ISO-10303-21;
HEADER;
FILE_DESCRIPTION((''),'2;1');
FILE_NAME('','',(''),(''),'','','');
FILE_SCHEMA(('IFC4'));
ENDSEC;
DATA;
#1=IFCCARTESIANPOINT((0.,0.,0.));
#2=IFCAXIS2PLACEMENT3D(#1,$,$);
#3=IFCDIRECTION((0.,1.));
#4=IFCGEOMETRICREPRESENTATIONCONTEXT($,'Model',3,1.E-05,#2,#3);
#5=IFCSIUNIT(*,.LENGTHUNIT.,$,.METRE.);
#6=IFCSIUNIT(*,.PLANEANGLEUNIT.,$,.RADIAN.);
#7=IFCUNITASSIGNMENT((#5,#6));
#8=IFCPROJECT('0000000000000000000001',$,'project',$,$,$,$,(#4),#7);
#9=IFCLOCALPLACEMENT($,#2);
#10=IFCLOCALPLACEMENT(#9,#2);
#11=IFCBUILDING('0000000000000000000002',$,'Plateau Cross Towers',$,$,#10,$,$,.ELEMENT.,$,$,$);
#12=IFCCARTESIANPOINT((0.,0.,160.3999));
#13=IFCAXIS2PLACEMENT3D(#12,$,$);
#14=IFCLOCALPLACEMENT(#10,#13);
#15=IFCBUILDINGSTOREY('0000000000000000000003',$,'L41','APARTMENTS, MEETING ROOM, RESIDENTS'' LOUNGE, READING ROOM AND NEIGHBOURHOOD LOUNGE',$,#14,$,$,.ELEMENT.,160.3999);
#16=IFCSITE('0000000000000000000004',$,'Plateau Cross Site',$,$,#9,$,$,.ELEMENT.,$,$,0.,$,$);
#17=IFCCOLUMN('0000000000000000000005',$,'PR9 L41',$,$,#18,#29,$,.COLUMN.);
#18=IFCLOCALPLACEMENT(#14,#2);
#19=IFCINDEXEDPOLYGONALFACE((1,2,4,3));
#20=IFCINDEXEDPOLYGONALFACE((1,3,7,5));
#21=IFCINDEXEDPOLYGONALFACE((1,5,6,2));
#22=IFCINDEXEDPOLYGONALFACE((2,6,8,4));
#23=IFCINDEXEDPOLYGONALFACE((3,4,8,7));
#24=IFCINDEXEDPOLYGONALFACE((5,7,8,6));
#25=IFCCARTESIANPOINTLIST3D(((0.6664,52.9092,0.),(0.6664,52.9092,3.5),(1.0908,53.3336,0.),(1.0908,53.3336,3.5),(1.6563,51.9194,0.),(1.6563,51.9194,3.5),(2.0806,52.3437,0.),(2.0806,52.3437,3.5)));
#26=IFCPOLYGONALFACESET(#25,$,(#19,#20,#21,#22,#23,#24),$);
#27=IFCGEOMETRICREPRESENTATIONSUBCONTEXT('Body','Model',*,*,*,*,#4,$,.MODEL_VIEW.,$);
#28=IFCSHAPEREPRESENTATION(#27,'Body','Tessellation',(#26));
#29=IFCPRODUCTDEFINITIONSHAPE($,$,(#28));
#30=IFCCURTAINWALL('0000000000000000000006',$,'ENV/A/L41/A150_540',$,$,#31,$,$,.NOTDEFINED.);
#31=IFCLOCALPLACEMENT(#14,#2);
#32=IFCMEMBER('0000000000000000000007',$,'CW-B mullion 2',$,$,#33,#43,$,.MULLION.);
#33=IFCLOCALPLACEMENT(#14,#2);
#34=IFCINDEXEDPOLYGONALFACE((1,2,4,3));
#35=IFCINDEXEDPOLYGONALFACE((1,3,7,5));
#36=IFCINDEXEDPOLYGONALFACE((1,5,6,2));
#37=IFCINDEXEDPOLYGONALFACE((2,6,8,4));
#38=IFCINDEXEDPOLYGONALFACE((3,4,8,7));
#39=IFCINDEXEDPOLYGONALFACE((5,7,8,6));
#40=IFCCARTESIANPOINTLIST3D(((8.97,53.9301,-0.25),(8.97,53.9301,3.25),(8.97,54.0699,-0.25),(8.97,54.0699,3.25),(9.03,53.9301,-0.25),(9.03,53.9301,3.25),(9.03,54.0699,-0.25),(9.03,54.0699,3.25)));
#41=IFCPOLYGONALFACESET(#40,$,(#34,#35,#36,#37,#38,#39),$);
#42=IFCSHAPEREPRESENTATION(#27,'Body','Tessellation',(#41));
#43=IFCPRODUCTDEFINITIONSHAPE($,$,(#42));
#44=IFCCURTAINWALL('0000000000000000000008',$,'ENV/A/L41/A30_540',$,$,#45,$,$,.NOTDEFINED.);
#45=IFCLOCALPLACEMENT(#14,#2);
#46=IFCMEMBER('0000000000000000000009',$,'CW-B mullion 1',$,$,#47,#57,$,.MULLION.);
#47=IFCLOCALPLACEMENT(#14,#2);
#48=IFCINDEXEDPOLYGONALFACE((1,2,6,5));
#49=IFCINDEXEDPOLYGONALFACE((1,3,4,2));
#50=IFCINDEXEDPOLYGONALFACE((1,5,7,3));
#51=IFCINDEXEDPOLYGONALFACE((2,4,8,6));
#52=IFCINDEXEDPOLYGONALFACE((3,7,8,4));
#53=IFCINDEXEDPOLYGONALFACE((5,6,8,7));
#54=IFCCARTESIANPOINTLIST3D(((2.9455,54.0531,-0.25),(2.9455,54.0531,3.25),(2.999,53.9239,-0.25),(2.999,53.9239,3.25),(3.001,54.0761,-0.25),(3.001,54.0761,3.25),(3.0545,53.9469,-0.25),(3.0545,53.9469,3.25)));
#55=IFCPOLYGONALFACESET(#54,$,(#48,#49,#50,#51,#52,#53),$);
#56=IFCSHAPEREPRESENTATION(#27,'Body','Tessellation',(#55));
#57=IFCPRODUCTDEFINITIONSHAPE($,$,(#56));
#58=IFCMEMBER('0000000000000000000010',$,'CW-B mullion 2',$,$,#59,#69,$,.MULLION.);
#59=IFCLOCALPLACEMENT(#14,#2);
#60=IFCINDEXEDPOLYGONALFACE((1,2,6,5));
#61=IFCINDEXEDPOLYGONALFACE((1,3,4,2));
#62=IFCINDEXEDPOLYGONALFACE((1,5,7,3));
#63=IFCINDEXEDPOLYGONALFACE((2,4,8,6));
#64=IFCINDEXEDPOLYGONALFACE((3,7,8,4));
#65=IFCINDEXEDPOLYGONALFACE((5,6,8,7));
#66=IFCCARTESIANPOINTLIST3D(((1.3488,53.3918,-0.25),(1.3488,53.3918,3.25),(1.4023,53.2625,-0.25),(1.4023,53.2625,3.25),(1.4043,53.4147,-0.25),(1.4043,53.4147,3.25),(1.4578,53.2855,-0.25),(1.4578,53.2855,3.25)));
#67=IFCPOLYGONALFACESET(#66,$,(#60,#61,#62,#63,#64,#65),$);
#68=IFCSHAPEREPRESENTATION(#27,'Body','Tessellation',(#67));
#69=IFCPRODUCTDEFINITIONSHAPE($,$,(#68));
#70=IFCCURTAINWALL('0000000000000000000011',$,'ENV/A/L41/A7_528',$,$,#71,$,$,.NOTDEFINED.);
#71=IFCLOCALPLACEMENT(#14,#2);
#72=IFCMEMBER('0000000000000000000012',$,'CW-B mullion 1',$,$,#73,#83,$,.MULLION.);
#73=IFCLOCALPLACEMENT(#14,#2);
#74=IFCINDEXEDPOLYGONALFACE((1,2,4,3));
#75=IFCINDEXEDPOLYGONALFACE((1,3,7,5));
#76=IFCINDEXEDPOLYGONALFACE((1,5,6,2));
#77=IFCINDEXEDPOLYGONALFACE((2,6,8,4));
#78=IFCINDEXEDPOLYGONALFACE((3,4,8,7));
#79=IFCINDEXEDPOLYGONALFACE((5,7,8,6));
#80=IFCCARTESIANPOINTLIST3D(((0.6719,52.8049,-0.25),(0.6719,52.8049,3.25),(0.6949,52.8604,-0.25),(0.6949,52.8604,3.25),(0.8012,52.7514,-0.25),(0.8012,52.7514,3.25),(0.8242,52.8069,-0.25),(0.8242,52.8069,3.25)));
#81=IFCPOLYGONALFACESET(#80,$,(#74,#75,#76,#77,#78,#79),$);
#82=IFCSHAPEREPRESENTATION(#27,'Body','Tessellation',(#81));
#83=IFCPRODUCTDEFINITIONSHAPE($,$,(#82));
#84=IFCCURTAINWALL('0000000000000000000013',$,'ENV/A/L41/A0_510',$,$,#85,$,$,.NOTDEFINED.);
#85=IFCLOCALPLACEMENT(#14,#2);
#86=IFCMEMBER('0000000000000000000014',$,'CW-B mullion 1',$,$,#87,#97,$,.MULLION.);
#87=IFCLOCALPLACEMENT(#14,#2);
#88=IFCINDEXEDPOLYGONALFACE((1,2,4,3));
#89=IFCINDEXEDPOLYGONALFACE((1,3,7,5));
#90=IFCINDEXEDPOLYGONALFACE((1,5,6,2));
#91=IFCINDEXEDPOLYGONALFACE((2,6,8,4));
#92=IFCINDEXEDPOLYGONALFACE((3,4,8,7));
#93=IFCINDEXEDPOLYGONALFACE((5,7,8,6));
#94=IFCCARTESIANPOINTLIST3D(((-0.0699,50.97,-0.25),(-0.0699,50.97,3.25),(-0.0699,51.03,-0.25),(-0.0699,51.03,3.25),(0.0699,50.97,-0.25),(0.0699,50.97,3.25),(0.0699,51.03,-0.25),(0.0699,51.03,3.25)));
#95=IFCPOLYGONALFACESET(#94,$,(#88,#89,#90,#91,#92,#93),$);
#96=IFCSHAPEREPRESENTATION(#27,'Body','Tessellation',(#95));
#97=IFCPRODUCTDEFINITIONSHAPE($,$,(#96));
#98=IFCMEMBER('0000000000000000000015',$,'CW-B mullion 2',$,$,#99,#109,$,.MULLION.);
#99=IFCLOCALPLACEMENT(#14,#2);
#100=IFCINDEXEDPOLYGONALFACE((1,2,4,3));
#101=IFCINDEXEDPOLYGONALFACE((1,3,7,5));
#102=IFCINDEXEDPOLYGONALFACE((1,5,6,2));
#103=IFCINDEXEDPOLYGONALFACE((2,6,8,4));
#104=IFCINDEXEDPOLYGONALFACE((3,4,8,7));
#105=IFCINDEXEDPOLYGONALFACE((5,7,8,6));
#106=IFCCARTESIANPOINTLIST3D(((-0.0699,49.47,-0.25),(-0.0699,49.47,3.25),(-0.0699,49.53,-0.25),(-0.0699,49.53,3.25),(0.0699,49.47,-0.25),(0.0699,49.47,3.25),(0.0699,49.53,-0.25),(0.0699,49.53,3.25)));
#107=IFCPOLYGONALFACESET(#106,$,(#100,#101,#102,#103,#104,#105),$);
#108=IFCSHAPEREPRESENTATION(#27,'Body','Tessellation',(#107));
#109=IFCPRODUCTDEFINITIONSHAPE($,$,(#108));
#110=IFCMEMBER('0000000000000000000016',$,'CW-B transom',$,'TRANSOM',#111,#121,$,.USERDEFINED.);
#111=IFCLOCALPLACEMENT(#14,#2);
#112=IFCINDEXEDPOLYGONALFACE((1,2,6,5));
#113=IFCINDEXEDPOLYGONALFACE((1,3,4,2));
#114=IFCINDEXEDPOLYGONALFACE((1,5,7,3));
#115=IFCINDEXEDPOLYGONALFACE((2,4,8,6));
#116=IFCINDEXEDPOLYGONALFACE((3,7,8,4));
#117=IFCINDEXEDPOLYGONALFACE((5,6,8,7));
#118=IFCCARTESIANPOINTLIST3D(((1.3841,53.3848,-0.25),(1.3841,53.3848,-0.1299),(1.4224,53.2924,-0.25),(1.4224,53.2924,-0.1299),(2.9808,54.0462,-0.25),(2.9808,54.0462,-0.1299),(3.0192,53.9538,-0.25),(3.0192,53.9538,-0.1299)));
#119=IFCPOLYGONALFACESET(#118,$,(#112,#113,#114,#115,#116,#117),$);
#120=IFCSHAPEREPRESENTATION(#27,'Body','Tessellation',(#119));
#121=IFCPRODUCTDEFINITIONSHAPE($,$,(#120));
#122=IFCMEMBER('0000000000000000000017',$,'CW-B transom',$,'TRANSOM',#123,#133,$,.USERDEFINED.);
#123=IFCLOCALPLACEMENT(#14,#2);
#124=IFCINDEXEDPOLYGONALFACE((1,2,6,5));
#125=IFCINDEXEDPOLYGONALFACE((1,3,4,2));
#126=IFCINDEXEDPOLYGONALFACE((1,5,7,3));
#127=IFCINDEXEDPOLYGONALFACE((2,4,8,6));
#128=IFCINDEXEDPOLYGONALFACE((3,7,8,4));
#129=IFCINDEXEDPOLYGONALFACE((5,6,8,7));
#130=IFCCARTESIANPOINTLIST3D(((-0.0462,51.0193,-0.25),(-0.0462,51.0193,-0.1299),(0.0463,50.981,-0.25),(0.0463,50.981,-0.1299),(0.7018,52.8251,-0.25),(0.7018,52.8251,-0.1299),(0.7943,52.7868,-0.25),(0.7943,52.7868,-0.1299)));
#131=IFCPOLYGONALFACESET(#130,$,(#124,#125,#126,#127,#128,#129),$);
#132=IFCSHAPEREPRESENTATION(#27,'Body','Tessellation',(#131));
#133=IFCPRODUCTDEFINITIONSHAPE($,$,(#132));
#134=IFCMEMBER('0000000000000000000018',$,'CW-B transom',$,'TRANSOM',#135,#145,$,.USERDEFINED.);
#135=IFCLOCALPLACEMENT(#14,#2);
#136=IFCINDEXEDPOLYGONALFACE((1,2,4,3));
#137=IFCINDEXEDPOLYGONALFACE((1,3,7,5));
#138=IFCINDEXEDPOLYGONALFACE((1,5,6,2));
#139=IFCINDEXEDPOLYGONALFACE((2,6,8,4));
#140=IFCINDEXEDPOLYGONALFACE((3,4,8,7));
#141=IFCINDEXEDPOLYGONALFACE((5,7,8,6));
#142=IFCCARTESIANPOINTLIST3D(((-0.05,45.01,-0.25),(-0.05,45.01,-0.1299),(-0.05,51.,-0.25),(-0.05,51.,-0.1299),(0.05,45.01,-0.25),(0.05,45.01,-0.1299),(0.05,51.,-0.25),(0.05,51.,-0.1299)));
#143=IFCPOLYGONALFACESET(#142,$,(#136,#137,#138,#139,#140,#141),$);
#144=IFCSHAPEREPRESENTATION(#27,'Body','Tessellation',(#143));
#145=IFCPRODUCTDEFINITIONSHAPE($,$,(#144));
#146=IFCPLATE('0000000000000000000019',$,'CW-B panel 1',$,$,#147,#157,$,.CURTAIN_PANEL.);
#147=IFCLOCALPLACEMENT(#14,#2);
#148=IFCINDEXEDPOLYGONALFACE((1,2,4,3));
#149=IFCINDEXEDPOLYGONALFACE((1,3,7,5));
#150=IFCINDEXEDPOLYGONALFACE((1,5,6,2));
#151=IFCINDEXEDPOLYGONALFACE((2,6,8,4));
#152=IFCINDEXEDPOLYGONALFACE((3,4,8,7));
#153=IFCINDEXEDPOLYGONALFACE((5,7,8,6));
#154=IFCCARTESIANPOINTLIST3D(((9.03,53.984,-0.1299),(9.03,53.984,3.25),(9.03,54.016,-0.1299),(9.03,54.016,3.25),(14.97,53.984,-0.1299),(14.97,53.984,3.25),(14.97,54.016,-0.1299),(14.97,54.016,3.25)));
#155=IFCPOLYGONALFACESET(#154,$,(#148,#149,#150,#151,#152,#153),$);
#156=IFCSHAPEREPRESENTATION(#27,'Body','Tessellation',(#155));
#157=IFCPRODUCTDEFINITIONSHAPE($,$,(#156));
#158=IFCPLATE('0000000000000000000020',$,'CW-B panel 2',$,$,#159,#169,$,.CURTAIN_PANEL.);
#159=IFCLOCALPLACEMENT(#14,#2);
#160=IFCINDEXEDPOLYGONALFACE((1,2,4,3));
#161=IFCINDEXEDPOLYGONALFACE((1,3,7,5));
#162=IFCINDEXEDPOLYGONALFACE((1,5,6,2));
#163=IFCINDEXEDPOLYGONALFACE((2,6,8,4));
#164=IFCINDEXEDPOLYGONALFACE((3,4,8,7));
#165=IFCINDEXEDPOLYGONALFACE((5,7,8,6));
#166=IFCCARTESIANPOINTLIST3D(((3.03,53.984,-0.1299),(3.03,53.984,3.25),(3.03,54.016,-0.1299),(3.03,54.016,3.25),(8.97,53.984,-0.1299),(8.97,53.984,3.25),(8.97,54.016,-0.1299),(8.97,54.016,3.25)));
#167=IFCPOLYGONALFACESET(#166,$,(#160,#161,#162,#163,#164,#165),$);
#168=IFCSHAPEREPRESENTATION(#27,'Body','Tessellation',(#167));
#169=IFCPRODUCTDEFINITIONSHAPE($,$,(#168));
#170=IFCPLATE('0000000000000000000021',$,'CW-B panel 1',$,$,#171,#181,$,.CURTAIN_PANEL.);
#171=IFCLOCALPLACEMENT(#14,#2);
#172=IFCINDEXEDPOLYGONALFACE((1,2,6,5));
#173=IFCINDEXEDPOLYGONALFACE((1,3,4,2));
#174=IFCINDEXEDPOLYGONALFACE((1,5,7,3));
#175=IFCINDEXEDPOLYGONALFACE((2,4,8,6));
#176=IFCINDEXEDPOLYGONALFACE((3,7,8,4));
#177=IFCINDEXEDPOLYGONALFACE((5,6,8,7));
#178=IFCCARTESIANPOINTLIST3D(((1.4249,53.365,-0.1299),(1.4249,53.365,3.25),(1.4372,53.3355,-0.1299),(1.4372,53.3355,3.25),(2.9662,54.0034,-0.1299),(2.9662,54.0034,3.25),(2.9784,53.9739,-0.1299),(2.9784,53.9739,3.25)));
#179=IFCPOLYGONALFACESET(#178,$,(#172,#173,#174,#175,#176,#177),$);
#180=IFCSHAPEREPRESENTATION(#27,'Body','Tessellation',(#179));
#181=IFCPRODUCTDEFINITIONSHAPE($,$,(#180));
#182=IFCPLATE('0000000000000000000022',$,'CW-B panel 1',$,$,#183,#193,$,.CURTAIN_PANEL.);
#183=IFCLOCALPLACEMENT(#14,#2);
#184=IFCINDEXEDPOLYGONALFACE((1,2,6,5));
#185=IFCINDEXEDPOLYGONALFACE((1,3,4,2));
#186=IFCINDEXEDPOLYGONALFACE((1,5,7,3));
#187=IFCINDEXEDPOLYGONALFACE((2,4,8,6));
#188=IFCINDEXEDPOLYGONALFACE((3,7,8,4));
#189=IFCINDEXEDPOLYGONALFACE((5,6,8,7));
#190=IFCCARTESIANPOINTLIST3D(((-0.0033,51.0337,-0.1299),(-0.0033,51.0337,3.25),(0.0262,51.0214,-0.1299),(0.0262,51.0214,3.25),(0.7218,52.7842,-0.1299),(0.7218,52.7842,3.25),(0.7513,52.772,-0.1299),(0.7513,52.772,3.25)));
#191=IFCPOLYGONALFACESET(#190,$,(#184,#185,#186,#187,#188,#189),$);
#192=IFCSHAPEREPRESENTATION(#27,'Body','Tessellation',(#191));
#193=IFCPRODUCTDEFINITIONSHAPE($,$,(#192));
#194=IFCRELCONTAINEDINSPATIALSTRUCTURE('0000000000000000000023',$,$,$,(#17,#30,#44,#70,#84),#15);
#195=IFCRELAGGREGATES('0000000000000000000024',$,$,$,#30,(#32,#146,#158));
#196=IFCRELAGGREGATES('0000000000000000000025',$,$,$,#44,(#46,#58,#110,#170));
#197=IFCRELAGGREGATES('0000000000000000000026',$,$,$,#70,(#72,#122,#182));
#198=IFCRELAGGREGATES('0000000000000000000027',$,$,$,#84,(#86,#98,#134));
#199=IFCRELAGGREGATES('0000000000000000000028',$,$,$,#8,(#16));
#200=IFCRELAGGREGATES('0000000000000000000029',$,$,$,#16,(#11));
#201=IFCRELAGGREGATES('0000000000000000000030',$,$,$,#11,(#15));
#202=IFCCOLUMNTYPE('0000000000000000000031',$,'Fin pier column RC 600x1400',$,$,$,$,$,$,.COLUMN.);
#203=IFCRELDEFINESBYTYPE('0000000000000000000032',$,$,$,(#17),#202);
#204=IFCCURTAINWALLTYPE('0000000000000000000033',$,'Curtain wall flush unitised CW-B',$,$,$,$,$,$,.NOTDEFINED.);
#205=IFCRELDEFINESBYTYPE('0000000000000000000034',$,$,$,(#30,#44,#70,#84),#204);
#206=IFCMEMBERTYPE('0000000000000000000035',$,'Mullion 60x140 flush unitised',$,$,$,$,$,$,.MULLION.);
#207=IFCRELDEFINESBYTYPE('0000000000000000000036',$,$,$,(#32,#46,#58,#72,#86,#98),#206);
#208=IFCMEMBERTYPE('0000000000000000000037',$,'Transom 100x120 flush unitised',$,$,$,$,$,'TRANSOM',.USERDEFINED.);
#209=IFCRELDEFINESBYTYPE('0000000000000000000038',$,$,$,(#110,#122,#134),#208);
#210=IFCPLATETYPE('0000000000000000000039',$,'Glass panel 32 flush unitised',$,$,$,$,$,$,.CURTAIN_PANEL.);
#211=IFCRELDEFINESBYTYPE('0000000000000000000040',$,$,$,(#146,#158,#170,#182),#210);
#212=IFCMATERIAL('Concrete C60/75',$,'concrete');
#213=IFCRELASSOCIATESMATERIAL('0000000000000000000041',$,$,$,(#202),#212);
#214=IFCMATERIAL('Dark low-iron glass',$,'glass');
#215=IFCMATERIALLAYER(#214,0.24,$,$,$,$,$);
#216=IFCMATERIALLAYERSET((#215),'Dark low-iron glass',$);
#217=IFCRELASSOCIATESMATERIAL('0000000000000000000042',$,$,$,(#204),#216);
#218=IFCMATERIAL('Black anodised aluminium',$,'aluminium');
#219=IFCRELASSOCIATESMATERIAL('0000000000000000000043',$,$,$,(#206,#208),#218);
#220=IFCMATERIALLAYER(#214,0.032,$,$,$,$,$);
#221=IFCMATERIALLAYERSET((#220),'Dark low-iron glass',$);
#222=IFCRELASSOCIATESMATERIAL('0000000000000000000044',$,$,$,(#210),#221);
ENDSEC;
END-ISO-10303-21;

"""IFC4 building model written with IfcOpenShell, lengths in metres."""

from ifc_helpers import new_model, si_unit, direction, frame, origin, origin_2d, place, context, subcontext, project, spatial, rectangle, extrude, material, layer, layer_set, material_profile, profile_set, type_object, element, aggregate, save


model = new_model("IFC4")

# Units and contexts
model_context = context("Model", 3, precision=1e-05, world=origin(), true_north=direction((0.0, 1.0)))
body_context = subcontext(model_context, "Body", "Model", "MODEL_VIEW")
ifc_project = project(units=[si_unit("LENGTHUNIT", "METRE"), si_unit("PLANEANGLEUNIT", "RADIAN")], contexts=[model_context])

# Site, building, storey
site_placement = place(None, origin())
site = spatial("IfcSite", under=ifc_project, at=site_placement, Name="Plateau Cross Site", CompositionType="ELEMENT", RefElevation=0.0)
building_placement = place(site_placement, origin())
building = spatial("IfcBuilding", under=site, at=building_placement, Name="Plateau Cross Towers", CompositionType="ELEMENT")
storey_placement = place(building_placement, frame((0.0, 0.0, 160.3999)))
storey = spatial("IfcBuildingStorey", under=building, at=storey_placement, Name="L41", Description="APARTMENTS, MEETING ROOM, RESIDENTS' LOUNGE, READING ROOM AND NEIGHBOURHOOD LOUNGE", CompositionType="ELEMENT", Elevation=160.3999)

# Column
ifc_material_1 = material(Name="Concrete C60/75", Category="concrete")
ifc_material_profile_1 = material_profile(ifc_material_1, rectangle(XDim=0.6001, YDim=1.3999, at=origin_2d()), Name="RC 600x1400")
ifc_profile_set_1 = profile_set([ifc_material_profile_1], Name="Concrete C60/75")
column_type = type_object("IfcColumnType", Name="Fin pier column RC 600x1400", PredefinedType="COLUMN", material=ifc_profile_set_1)
column_placement = place(storey_placement, frame((1.3735, 52.6265, 0.0), z_axis=(0.0, 0.0, 1.0), x_axis=(0.707107, 0.707107, 0.0)))
element("IfcColumn", 1, at=column_placement, inside=storey, type_object=column_type, Name="PR9 L41", PredefinedType="COLUMN", context=body_context, shape_type="SweptSolid", body=[
    extrude(rectangle(XDim=0.6001, YDim=1.3999, at=origin_2d()), origin(), (0.0, 0.0, 1.0), 3.5),
])

# Curtain wall, member
ifc_material_2 = material(Name="Dark low-iron glass", Category="glass")
ifc_layer_1 = layer(ifc_material_2, 0.24)
ifc_layer_set_1 = layer_set([ifc_layer_1], Name="Dark low-iron glass")
curtain_wall_type = type_object("IfcCurtainWallType", Name="Curtain wall flush unitised CW-B", PredefinedType="NOTDEFINED", material=ifc_layer_set_1)
curtain_wall_1_placement = place(storey_placement, origin())
curtain_wall_1 = element("IfcCurtainWall", 2, at=curtain_wall_1_placement, inside=storey, type_object=curtain_wall_type, Name="ENV/A/L41/A150_540", PredefinedType="NOTDEFINED")
ifc_material_3 = material(Name="Black anodised aluminium", Category="aluminium")
ifc_material_profile_2 = material_profile(ifc_material_3, rectangle(XDim=0.0601, YDim=0.1399, at=origin_2d()), Name="MULLION 60x140")
ifc_profile_set_2 = profile_set([ifc_material_profile_2], Name="Black anodised aluminium")
member_type_1 = type_object("IfcMemberType", Name="Mullion 60x140 flush unitised", PredefinedType="MULLION", material=ifc_profile_set_2)
member_1_placement = place(storey_placement, frame((9.0, 54.0, -0.25), z_axis=(0.0, 0.0, 1.0), x_axis=(-1.0, 0.0, 0.0)))
member_1 = element("IfcMember", 3, at=member_1_placement, type_object=member_type_1, Name="CW-B mullion 2", PredefinedType="MULLION", context=body_context, shape_type="SweptSolid", body=[
    extrude(rectangle(XDim=0.0601, YDim=0.1399, at=origin_2d()), origin(), (0.0, 0.0, 1.0), 3.5),
])

# Curtain wall, members
curtain_wall_2_placement = place(storey_placement, origin())
curtain_wall_2 = element("IfcCurtainWall", 4, at=curtain_wall_2_placement, inside=storey, type_object=curtain_wall_type, Name="ENV/A/L41/A30_540", PredefinedType="NOTDEFINED")
member_2_placement = place(storey_placement, frame((3.0, 54.0, -0.25), z_axis=(0.0, 0.0, 1.0), x_axis=(-0.923879, -0.382684, 0.0)))
member_2 = element("IfcMember", 5, at=member_2_placement, type_object=member_type_1, Name="CW-B mullion 1", PredefinedType="MULLION", context=body_context, shape_type="SweptSolid", body=[
    extrude(rectangle(XDim=0.0601, YDim=0.1399, at=origin_2d()), origin(), (0.0, 0.0, 1.0), 3.5),
])
member_3_placement = place(storey_placement, frame((1.4033, 53.3386, -0.25), z_axis=(0.0, 0.0, 1.0), x_axis=(-0.923879, -0.382684, 0.0)))
member_3 = element("IfcMember", 6, at=member_3_placement, type_object=member_type_1, Name="CW-B mullion 2", PredefinedType="MULLION", context=body_context, shape_type="SweptSolid", body=[
    extrude(rectangle(XDim=0.0601, YDim=0.1399, at=origin_2d()), origin(), (0.0, 0.0, 1.0), 3.5),
])

# Curtain wall, member
curtain_wall_3_placement = place(storey_placement, origin())
curtain_wall_3 = element("IfcCurtainWall", 7, at=curtain_wall_3_placement, inside=storey, type_object=curtain_wall_type, Name="ENV/A/L41/A7_528", PredefinedType="NOTDEFINED")
member_4_placement = place(storey_placement, frame((0.748, 52.8059, -0.25), z_axis=(0.0, 0.0, 1.0), x_axis=(-0.382684, -0.923879, 0.0)))
member_4 = element("IfcMember", 8, at=member_4_placement, type_object=member_type_1, Name="CW-B mullion 1", PredefinedType="MULLION", context=body_context, shape_type="SweptSolid", body=[
    extrude(rectangle(XDim=0.0601, YDim=0.1399, at=origin_2d()), origin(), (0.0, 0.0, 1.0), 3.5),
])

# Curtain wall, members
curtain_wall_4_placement = place(storey_placement, origin())
curtain_wall_4 = element("IfcCurtainWall", 9, at=curtain_wall_4_placement, inside=storey, type_object=curtain_wall_type, Name="ENV/A/L41/A0_510", PredefinedType="NOTDEFINED")
member_5_placement = place(storey_placement, frame((0.0, 51.0, -0.25), z_axis=(0.0, 0.0, 1.0), x_axis=(0.0, -1.0, 0.0)))
member_5 = element("IfcMember", 10, at=member_5_placement, type_object=member_type_1, Name="CW-B mullion 1", PredefinedType="MULLION", context=body_context, shape_type="SweptSolid", body=[
    extrude(rectangle(XDim=0.0601, YDim=0.1399, at=origin_2d()), origin(), (0.0, 0.0, 1.0), 3.5),
])
member_6_placement = place(storey_placement, frame((0.0, 49.5, -0.25), z_axis=(0.0, 0.0, 1.0), x_axis=(0.0, -1.0, 0.0)))
member_6 = element("IfcMember", 11, at=member_6_placement, type_object=member_type_1, Name="CW-B mullion 2", PredefinedType="MULLION", context=body_context, shape_type="SweptSolid", body=[
    extrude(rectangle(XDim=0.0601, YDim=0.1399, at=origin_2d()), origin(), (0.0, 0.0, 1.0), 3.5),
])

# Members
ifc_material_profile_3 = material_profile(ifc_material_3, rectangle(XDim=0.1001, YDim=0.1201, at=origin_2d()), Name="TRANSOM 100x120")
ifc_profile_set_3 = profile_set([ifc_material_profile_3], Name="Black anodised aluminium")
member_type_2 = type_object("IfcMemberType", Name="Transom 100x120 flush unitised", ElementType="TRANSOM", PredefinedType="USERDEFINED", material=ifc_profile_set_3)
member_7_placement = place(storey_placement, frame((3.0, 54.0, -0.1899), z_axis=(-0.923877, -0.382689, 0.0), x_axis=(0.382689, -0.923877, 0.0)))
member_7 = element("IfcMember", 12, at=member_7_placement, type_object=member_type_2, Name="CW-B transom", ObjectType="TRANSOM", PredefinedType="USERDEFINED", context=body_context, shape_type="SweptSolid", body=[
    extrude(rectangle(XDim=0.1001, YDim=0.1201, at=origin_2d()), origin(), (0.0, 0.0, 1.0), 1.7283),
])
member_8_placement = place(storey_placement, frame((0.748, 52.8059, -0.1899), z_axis=(-0.38269, -0.923877, 0.0), x_axis=(0.923877, -0.38269, 0.0)))
member_8 = element("IfcMember", 13, at=member_8_placement, type_object=member_type_2, Name="CW-B transom", ObjectType="TRANSOM", PredefinedType="USERDEFINED", context=body_context, shape_type="SweptSolid", body=[
    extrude(rectangle(XDim=0.1001, YDim=0.1201, at=origin_2d()), origin(), (0.0, 0.0, 1.0), 1.9546),
])
member_9_placement = place(storey_placement, frame((0.0, 51.0, -0.1899), z_axis=(0.0, -1.0, 0.0), x_axis=(1.0, 0.0, 0.0)))
member_9 = element("IfcMember", 14, at=member_9_placement, type_object=member_type_2, Name="CW-B transom", ObjectType="TRANSOM", PredefinedType="USERDEFINED", context=body_context, shape_type="SweptSolid", body=[
    extrude(rectangle(XDim=0.1001, YDim=0.1201, at=origin_2d()), origin(), (0.0, 0.0, 1.0), 5.99),
])

# Plates
ifc_layer_2 = layer(ifc_material_2, 0.032)
ifc_layer_set_2 = layer_set([ifc_layer_2], Name="Dark low-iron glass")
plate_type = type_object("IfcPlateType", Name="Glass panel 32 flush unitised", PredefinedType="CURTAIN_PANEL", material=ifc_layer_set_2)
plate_1_placement = place(storey_placement, frame((12.0, 54.0, -0.1299), z_axis=(0.0, 0.0, 1.0), x_axis=(-1.0, 0.0, 0.0)))
plate_1 = element("IfcPlate", 15, at=plate_1_placement, type_object=plate_type, Name="CW-B panel 1", PredefinedType="CURTAIN_PANEL", context=body_context, shape_type="SweptSolid", body=[
    extrude(rectangle(XDim=5.9399, YDim=0.032, at=origin_2d()), origin(), (0.0, 0.0, 1.0), 3.3799),
])
plate_2_placement = place(storey_placement, frame((6.0, 54.0, -0.1299), z_axis=(0.0, 0.0, 1.0), x_axis=(-1.0, 0.0, 0.0)))
plate_2 = element("IfcPlate", 16, at=plate_2_placement, type_object=plate_type, Name="CW-B panel 2", PredefinedType="CURTAIN_PANEL", context=body_context, shape_type="SweptSolid", body=[
    extrude(rectangle(XDim=5.9399, YDim=0.032, at=origin_2d()), origin(), (0.0, 0.0, 1.0), 3.3799),
])
aggregate(curtain_wall_1, [member_1, plate_1, plate_2])
plate_3_placement = place(storey_placement, frame((2.2017, 53.6694, -0.1299), z_axis=(0.0, 0.0, 1.0), x_axis=(-0.923879, -0.382684, 0.0)))
plate_3 = element("IfcPlate", 17, at=plate_3_placement, type_object=plate_type, Name="CW-B panel 1", PredefinedType="CURTAIN_PANEL", context=body_context, shape_type="SweptSolid", body=[
    extrude(rectangle(XDim=1.6682, YDim=0.032, at=origin_2d()), origin(), (0.0, 0.0, 1.0), 3.3799),
])
aggregate(curtain_wall_2, [member_2, member_3, member_7, plate_3])
plate_4_placement = place(storey_placement, frame((0.374, 51.9028, -0.1299), z_axis=(0.0, 0.0, 1.0), x_axis=(-0.382684, -0.923879, 0.0)))
plate_4 = element("IfcPlate", 18, at=plate_4_placement, type_object=plate_type, Name="CW-B panel 1", PredefinedType="CURTAIN_PANEL", context=body_context, shape_type="SweptSolid", body=[
    extrude(rectangle(XDim=1.8948, YDim=0.032, at=origin_2d()), origin(), (0.0, 0.0, 1.0), 3.3799),
])
aggregate(curtain_wall_3, [member_4, member_8, plate_4])
aggregate(curtain_wall_4, [member_5, member_6, member_9])

save(model, "model.ifc")
